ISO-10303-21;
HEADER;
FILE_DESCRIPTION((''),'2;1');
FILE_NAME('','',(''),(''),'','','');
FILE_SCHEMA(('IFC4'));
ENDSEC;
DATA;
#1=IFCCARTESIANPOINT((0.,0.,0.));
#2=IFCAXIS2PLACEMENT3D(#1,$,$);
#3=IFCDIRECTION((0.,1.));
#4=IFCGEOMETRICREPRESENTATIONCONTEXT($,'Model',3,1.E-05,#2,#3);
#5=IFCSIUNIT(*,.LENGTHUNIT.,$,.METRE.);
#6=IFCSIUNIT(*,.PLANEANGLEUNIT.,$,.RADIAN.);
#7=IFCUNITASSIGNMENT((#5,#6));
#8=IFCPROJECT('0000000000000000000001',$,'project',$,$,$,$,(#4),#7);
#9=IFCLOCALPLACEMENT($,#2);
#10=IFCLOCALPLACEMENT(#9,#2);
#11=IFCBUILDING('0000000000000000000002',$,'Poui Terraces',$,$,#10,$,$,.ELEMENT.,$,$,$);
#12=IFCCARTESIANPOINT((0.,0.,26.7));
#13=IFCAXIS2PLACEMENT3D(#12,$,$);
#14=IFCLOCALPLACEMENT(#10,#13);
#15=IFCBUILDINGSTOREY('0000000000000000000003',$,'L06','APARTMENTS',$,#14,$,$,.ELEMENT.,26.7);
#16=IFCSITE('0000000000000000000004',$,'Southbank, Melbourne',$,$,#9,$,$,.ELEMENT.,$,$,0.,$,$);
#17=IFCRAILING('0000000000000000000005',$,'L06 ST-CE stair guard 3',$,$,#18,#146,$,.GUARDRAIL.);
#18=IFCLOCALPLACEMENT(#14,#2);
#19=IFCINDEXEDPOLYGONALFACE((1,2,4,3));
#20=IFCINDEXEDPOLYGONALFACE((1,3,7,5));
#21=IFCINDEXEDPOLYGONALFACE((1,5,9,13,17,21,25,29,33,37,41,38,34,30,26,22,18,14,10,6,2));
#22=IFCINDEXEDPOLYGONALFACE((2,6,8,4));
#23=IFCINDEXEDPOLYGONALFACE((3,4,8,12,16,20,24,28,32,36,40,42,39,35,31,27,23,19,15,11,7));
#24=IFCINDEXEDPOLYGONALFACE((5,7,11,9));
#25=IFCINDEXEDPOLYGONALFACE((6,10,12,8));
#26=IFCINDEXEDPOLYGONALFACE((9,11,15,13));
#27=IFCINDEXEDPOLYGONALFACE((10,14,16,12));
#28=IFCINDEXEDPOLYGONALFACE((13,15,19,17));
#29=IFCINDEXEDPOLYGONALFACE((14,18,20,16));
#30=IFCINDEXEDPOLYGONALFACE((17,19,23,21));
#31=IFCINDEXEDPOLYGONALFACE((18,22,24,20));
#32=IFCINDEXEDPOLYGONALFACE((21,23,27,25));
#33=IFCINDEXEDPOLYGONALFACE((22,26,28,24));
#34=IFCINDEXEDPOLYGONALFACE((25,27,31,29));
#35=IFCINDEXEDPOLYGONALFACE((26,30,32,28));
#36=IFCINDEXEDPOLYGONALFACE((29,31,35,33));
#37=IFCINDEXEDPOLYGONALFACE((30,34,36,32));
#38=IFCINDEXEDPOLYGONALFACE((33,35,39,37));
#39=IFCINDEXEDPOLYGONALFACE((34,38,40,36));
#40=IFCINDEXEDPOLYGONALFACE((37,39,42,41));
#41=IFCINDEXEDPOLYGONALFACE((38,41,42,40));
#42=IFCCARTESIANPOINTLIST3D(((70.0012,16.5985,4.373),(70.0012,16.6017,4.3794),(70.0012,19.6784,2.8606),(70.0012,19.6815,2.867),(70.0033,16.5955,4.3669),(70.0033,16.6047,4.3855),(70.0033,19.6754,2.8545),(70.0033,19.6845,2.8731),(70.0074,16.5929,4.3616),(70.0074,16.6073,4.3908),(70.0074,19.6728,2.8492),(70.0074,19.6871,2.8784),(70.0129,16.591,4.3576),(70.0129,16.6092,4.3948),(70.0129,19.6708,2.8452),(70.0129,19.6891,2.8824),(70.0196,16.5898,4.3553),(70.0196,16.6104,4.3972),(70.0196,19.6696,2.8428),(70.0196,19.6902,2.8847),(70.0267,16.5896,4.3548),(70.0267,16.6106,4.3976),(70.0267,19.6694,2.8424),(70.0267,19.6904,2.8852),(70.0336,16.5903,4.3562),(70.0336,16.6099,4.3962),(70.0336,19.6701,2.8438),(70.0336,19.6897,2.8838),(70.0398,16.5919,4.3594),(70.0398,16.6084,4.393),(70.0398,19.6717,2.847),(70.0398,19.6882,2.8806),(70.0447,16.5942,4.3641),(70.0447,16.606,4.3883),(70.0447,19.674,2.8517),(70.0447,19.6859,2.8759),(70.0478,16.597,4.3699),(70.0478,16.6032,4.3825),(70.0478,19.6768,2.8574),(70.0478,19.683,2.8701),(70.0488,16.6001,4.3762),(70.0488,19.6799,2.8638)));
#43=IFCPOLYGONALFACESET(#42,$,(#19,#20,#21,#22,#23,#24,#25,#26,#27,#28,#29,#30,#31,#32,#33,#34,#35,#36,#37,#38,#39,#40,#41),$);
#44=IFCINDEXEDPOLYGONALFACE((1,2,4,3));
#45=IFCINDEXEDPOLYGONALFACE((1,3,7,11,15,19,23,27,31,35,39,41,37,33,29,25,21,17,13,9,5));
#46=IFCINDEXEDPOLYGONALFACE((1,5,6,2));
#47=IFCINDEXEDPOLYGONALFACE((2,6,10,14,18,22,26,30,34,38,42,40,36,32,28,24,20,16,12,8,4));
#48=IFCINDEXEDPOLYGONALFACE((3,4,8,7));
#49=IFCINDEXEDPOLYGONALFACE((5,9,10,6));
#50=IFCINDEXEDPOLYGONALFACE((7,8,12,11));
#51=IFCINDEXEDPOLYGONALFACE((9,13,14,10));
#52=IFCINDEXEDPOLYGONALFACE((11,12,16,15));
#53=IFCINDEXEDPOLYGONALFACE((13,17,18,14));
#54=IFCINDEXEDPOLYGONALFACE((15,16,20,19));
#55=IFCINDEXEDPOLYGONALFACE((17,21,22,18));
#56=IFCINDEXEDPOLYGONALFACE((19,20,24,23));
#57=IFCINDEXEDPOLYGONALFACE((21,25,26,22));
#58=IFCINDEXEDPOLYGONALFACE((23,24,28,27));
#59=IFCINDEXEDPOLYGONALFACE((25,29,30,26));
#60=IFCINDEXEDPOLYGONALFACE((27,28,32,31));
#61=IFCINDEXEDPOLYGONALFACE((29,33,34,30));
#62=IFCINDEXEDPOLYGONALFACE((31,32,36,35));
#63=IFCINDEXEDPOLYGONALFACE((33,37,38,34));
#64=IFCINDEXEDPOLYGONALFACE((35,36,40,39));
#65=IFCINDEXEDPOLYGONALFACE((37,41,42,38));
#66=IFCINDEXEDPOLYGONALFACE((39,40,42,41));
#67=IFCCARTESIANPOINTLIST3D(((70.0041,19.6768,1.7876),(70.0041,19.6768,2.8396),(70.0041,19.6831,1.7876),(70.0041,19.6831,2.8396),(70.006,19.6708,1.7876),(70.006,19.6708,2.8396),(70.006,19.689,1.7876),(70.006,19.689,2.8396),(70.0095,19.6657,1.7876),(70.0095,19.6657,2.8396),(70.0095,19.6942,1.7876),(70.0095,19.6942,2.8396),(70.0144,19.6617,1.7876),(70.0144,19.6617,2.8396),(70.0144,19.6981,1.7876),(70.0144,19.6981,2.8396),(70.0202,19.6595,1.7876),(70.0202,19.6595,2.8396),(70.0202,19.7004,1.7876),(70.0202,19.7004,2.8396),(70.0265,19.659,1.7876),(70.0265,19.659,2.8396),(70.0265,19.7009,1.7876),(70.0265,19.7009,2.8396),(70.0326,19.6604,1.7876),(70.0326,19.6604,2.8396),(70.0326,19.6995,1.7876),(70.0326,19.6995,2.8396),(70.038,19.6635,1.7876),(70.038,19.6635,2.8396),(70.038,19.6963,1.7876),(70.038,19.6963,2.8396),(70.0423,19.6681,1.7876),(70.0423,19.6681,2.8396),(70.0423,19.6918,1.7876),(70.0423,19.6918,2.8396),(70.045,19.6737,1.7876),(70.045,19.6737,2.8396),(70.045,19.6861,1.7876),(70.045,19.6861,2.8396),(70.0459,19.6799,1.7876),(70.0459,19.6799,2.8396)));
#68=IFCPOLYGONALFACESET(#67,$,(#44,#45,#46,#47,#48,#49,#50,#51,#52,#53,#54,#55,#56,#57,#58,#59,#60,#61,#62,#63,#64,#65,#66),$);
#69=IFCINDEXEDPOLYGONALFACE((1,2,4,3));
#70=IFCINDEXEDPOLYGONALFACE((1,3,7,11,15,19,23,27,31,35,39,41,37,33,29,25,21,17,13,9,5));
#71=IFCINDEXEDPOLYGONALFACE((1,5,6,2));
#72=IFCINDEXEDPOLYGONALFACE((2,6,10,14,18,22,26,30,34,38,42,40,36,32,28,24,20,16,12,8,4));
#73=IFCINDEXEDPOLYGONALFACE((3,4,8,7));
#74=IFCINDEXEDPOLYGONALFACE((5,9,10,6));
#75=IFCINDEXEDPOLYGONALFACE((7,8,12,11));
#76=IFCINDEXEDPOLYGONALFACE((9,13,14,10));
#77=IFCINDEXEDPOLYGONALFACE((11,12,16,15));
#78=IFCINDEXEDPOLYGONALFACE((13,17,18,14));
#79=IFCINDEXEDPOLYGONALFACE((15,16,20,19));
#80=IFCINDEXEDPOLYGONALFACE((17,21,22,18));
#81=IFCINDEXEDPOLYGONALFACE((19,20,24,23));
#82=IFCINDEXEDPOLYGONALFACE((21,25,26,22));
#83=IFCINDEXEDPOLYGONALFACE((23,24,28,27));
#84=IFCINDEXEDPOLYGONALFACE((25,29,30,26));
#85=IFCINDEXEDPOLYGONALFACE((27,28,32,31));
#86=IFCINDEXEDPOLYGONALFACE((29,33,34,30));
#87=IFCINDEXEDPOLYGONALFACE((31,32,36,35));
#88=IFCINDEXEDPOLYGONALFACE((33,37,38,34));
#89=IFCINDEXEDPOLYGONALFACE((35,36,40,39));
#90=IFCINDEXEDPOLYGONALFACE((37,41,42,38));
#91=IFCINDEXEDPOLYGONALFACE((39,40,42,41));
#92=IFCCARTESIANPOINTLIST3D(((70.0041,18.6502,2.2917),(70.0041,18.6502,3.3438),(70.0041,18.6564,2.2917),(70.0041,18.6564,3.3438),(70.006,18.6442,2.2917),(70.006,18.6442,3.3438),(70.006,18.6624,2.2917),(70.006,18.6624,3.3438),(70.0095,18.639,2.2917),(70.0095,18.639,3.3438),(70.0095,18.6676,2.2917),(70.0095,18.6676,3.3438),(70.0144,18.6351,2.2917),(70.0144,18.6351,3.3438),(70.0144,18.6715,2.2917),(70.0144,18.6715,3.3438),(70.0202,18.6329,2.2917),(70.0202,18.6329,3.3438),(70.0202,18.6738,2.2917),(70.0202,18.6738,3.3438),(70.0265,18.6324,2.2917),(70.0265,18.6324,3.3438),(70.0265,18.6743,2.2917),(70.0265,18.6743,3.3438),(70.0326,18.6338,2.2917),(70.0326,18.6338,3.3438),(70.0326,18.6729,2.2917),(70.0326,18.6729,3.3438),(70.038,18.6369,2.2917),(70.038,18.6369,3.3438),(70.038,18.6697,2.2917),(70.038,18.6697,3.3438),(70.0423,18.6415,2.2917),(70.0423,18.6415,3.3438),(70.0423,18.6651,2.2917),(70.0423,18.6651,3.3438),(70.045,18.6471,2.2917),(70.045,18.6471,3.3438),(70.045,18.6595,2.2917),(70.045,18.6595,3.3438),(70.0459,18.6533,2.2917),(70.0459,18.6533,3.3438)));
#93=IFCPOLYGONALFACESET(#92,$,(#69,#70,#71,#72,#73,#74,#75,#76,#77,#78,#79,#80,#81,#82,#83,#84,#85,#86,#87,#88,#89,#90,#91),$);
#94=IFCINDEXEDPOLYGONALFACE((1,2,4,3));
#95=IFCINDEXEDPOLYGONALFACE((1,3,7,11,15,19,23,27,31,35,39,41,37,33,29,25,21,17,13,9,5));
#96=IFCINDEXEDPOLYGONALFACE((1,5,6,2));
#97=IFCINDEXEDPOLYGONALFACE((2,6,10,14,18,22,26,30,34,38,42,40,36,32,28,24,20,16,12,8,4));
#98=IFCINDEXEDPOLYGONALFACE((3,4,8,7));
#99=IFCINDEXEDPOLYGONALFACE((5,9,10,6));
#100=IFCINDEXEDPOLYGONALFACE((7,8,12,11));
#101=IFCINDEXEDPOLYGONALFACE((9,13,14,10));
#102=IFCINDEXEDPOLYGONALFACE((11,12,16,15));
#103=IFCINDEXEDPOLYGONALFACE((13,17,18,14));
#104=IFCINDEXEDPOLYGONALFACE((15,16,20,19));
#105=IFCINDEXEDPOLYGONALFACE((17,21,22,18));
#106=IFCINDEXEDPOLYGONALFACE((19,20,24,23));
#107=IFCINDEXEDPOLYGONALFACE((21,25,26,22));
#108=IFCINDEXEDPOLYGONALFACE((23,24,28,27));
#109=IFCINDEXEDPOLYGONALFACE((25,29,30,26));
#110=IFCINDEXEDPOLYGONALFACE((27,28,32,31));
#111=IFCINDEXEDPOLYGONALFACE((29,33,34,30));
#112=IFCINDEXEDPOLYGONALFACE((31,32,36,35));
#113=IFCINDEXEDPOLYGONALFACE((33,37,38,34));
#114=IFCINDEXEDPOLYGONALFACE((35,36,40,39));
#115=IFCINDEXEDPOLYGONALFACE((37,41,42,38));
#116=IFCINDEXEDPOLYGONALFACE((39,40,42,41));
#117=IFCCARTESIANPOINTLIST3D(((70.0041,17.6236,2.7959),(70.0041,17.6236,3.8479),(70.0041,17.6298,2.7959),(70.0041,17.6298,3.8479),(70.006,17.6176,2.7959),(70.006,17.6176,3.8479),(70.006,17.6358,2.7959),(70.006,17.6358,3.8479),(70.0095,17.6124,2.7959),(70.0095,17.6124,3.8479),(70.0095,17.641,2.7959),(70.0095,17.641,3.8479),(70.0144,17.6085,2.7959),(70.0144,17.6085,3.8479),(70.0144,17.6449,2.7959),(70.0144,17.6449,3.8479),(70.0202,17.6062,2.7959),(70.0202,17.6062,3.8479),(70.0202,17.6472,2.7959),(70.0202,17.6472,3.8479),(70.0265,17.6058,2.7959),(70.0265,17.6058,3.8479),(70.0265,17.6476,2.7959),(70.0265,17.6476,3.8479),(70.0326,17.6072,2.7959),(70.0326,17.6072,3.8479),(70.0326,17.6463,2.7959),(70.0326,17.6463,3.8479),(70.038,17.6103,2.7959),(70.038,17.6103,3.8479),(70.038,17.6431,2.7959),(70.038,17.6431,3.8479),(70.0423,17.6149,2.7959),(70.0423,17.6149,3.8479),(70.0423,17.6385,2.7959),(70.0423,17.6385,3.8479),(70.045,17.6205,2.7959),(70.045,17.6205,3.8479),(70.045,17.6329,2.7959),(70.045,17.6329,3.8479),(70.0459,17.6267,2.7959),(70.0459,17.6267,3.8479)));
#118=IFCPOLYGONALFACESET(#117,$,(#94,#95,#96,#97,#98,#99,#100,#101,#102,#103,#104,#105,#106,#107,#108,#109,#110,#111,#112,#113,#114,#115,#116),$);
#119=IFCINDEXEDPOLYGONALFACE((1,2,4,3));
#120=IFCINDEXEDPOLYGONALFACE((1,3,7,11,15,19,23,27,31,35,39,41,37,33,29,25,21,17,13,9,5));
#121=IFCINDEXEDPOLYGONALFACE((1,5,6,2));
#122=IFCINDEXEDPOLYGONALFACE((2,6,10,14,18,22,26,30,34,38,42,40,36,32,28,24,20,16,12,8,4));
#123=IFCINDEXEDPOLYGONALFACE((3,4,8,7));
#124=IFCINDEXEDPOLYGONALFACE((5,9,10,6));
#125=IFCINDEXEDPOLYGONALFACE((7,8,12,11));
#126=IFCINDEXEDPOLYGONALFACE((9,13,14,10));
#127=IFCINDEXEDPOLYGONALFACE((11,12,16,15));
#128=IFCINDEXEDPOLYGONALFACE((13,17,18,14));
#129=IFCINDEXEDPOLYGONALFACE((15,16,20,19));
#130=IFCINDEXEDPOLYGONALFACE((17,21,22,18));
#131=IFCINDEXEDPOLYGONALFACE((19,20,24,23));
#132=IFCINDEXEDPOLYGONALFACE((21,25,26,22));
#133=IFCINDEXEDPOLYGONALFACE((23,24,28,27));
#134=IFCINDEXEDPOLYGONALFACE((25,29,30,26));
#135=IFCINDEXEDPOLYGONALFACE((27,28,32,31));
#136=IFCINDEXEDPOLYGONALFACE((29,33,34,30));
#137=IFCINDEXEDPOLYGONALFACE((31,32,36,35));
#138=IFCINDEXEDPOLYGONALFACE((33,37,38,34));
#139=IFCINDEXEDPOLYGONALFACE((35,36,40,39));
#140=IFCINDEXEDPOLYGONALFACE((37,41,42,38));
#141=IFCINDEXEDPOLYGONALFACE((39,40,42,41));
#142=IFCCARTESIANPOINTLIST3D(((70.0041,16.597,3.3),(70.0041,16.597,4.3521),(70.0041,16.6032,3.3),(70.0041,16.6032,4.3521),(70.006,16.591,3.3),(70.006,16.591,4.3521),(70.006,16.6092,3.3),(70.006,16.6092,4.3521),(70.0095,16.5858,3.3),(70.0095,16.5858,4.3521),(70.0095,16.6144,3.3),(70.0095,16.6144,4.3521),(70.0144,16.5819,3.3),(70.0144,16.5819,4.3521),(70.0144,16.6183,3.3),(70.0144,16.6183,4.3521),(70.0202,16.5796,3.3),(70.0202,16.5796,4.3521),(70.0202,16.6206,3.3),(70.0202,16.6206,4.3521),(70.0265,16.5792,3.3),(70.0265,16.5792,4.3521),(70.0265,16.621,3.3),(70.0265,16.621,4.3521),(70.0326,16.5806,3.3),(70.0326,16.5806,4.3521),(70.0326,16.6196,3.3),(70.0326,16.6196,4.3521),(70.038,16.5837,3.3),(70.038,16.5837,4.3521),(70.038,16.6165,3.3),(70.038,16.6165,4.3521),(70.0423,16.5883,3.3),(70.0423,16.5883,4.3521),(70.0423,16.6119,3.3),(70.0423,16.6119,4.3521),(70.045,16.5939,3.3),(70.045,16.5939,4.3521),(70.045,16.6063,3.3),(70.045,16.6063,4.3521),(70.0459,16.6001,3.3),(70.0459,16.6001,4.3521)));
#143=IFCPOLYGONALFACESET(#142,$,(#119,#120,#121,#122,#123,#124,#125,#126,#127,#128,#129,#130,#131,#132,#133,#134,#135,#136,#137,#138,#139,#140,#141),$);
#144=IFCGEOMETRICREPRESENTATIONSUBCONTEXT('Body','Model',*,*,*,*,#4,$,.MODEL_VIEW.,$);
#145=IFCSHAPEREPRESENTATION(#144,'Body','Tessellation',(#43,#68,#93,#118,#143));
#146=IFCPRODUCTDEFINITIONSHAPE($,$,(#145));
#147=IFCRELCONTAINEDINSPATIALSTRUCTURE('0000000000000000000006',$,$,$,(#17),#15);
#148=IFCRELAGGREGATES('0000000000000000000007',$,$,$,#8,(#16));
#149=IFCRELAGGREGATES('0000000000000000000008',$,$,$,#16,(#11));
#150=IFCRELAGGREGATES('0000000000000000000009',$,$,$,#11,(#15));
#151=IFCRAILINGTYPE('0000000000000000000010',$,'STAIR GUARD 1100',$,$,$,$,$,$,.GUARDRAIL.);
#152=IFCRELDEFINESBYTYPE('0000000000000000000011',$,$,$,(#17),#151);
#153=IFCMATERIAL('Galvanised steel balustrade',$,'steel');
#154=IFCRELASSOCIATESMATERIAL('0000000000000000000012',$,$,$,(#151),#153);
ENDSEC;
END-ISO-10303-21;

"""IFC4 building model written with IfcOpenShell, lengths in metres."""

from ifc_helpers import new_model, si_unit, direction, frame, origin, origin_2d, place, context, subcontext, project, spatial, circle, extrude, material, type_object, element, save


model = new_model("IFC4")

# Units and contexts
model_context = context("Model", 3, precision=1e-05, world=origin(), true_north=direction((0.0, 1.0)))
body_context = subcontext(model_context, "Body", "Model", "MODEL_VIEW")
ifc_project = project(units=[si_unit("LENGTHUNIT", "METRE"), si_unit("PLANEANGLEUNIT", "RADIAN")], contexts=[model_context])

# Site, building, storey
site_placement = place(None, origin())
site = spatial("IfcSite", under=ifc_project, at=site_placement, Name="Southbank, Melbourne", CompositionType="ELEMENT", RefElevation=0.0)
building_placement = place(site_placement, origin())
building = spatial("IfcBuilding", under=site, at=building_placement, Name="Poui Terraces", CompositionType="ELEMENT")
storey_placement = place(building_placement, frame((0.0, 0.0, 26.7)))
storey = spatial("IfcBuildingStorey", under=building, at=storey_placement, Name="L06", Description="APARTMENTS", CompositionType="ELEMENT", Elevation=26.7)

# Railing
ifc_material_1 = material(Name="Galvanised steel balustrade", Category="steel")
railing_type_1 = type_object("IfcRailingType", Name="STAIR GUARD 1100", PredefinedType="GUARDRAIL", material=ifc_material_1)
railing_1_placement = place(storey_placement, frame((70.0249, 19.6799, 1.7876)))
element("IfcRailing", 1, at=railing_1_placement, inside=storey, type_object=railing_type_1, Name="L06 ST-CE stair guard 3", PredefinedType="GUARDRAIL", context=body_context, shape_type="SweptSolid", body=[
    extrude(circle(Radius=0.0239, at=origin_2d()), frame((0.0, 0.0, 1.0762), z_axis=(0.0, -0.897606, 0.440798), x_axis=(1.0, 0.0, 0.0)), (0.0, 0.0, 1.0), 3.4312),
    extrude(circle(Radius=0.021, at=origin_2d()), origin(), (0.0, 0.0, 1.0), 1.052),
    extrude(circle(Radius=0.021, at=origin_2d()), frame((0.0, -1.0266, 0.5042)), (0.0, 0.0, 1.0), 1.052),
    extrude(circle(Radius=0.021, at=origin_2d()), frame((0.0, -2.0532, 1.0083)), (0.0, 0.0, 1.0), 1.052),
    extrude(circle(Radius=0.021, at=origin_2d()), frame((0.0, -3.0798, 1.5125)), (0.0, 0.0, 1.0), 1.052),
])

save(model, "model.ifc")
